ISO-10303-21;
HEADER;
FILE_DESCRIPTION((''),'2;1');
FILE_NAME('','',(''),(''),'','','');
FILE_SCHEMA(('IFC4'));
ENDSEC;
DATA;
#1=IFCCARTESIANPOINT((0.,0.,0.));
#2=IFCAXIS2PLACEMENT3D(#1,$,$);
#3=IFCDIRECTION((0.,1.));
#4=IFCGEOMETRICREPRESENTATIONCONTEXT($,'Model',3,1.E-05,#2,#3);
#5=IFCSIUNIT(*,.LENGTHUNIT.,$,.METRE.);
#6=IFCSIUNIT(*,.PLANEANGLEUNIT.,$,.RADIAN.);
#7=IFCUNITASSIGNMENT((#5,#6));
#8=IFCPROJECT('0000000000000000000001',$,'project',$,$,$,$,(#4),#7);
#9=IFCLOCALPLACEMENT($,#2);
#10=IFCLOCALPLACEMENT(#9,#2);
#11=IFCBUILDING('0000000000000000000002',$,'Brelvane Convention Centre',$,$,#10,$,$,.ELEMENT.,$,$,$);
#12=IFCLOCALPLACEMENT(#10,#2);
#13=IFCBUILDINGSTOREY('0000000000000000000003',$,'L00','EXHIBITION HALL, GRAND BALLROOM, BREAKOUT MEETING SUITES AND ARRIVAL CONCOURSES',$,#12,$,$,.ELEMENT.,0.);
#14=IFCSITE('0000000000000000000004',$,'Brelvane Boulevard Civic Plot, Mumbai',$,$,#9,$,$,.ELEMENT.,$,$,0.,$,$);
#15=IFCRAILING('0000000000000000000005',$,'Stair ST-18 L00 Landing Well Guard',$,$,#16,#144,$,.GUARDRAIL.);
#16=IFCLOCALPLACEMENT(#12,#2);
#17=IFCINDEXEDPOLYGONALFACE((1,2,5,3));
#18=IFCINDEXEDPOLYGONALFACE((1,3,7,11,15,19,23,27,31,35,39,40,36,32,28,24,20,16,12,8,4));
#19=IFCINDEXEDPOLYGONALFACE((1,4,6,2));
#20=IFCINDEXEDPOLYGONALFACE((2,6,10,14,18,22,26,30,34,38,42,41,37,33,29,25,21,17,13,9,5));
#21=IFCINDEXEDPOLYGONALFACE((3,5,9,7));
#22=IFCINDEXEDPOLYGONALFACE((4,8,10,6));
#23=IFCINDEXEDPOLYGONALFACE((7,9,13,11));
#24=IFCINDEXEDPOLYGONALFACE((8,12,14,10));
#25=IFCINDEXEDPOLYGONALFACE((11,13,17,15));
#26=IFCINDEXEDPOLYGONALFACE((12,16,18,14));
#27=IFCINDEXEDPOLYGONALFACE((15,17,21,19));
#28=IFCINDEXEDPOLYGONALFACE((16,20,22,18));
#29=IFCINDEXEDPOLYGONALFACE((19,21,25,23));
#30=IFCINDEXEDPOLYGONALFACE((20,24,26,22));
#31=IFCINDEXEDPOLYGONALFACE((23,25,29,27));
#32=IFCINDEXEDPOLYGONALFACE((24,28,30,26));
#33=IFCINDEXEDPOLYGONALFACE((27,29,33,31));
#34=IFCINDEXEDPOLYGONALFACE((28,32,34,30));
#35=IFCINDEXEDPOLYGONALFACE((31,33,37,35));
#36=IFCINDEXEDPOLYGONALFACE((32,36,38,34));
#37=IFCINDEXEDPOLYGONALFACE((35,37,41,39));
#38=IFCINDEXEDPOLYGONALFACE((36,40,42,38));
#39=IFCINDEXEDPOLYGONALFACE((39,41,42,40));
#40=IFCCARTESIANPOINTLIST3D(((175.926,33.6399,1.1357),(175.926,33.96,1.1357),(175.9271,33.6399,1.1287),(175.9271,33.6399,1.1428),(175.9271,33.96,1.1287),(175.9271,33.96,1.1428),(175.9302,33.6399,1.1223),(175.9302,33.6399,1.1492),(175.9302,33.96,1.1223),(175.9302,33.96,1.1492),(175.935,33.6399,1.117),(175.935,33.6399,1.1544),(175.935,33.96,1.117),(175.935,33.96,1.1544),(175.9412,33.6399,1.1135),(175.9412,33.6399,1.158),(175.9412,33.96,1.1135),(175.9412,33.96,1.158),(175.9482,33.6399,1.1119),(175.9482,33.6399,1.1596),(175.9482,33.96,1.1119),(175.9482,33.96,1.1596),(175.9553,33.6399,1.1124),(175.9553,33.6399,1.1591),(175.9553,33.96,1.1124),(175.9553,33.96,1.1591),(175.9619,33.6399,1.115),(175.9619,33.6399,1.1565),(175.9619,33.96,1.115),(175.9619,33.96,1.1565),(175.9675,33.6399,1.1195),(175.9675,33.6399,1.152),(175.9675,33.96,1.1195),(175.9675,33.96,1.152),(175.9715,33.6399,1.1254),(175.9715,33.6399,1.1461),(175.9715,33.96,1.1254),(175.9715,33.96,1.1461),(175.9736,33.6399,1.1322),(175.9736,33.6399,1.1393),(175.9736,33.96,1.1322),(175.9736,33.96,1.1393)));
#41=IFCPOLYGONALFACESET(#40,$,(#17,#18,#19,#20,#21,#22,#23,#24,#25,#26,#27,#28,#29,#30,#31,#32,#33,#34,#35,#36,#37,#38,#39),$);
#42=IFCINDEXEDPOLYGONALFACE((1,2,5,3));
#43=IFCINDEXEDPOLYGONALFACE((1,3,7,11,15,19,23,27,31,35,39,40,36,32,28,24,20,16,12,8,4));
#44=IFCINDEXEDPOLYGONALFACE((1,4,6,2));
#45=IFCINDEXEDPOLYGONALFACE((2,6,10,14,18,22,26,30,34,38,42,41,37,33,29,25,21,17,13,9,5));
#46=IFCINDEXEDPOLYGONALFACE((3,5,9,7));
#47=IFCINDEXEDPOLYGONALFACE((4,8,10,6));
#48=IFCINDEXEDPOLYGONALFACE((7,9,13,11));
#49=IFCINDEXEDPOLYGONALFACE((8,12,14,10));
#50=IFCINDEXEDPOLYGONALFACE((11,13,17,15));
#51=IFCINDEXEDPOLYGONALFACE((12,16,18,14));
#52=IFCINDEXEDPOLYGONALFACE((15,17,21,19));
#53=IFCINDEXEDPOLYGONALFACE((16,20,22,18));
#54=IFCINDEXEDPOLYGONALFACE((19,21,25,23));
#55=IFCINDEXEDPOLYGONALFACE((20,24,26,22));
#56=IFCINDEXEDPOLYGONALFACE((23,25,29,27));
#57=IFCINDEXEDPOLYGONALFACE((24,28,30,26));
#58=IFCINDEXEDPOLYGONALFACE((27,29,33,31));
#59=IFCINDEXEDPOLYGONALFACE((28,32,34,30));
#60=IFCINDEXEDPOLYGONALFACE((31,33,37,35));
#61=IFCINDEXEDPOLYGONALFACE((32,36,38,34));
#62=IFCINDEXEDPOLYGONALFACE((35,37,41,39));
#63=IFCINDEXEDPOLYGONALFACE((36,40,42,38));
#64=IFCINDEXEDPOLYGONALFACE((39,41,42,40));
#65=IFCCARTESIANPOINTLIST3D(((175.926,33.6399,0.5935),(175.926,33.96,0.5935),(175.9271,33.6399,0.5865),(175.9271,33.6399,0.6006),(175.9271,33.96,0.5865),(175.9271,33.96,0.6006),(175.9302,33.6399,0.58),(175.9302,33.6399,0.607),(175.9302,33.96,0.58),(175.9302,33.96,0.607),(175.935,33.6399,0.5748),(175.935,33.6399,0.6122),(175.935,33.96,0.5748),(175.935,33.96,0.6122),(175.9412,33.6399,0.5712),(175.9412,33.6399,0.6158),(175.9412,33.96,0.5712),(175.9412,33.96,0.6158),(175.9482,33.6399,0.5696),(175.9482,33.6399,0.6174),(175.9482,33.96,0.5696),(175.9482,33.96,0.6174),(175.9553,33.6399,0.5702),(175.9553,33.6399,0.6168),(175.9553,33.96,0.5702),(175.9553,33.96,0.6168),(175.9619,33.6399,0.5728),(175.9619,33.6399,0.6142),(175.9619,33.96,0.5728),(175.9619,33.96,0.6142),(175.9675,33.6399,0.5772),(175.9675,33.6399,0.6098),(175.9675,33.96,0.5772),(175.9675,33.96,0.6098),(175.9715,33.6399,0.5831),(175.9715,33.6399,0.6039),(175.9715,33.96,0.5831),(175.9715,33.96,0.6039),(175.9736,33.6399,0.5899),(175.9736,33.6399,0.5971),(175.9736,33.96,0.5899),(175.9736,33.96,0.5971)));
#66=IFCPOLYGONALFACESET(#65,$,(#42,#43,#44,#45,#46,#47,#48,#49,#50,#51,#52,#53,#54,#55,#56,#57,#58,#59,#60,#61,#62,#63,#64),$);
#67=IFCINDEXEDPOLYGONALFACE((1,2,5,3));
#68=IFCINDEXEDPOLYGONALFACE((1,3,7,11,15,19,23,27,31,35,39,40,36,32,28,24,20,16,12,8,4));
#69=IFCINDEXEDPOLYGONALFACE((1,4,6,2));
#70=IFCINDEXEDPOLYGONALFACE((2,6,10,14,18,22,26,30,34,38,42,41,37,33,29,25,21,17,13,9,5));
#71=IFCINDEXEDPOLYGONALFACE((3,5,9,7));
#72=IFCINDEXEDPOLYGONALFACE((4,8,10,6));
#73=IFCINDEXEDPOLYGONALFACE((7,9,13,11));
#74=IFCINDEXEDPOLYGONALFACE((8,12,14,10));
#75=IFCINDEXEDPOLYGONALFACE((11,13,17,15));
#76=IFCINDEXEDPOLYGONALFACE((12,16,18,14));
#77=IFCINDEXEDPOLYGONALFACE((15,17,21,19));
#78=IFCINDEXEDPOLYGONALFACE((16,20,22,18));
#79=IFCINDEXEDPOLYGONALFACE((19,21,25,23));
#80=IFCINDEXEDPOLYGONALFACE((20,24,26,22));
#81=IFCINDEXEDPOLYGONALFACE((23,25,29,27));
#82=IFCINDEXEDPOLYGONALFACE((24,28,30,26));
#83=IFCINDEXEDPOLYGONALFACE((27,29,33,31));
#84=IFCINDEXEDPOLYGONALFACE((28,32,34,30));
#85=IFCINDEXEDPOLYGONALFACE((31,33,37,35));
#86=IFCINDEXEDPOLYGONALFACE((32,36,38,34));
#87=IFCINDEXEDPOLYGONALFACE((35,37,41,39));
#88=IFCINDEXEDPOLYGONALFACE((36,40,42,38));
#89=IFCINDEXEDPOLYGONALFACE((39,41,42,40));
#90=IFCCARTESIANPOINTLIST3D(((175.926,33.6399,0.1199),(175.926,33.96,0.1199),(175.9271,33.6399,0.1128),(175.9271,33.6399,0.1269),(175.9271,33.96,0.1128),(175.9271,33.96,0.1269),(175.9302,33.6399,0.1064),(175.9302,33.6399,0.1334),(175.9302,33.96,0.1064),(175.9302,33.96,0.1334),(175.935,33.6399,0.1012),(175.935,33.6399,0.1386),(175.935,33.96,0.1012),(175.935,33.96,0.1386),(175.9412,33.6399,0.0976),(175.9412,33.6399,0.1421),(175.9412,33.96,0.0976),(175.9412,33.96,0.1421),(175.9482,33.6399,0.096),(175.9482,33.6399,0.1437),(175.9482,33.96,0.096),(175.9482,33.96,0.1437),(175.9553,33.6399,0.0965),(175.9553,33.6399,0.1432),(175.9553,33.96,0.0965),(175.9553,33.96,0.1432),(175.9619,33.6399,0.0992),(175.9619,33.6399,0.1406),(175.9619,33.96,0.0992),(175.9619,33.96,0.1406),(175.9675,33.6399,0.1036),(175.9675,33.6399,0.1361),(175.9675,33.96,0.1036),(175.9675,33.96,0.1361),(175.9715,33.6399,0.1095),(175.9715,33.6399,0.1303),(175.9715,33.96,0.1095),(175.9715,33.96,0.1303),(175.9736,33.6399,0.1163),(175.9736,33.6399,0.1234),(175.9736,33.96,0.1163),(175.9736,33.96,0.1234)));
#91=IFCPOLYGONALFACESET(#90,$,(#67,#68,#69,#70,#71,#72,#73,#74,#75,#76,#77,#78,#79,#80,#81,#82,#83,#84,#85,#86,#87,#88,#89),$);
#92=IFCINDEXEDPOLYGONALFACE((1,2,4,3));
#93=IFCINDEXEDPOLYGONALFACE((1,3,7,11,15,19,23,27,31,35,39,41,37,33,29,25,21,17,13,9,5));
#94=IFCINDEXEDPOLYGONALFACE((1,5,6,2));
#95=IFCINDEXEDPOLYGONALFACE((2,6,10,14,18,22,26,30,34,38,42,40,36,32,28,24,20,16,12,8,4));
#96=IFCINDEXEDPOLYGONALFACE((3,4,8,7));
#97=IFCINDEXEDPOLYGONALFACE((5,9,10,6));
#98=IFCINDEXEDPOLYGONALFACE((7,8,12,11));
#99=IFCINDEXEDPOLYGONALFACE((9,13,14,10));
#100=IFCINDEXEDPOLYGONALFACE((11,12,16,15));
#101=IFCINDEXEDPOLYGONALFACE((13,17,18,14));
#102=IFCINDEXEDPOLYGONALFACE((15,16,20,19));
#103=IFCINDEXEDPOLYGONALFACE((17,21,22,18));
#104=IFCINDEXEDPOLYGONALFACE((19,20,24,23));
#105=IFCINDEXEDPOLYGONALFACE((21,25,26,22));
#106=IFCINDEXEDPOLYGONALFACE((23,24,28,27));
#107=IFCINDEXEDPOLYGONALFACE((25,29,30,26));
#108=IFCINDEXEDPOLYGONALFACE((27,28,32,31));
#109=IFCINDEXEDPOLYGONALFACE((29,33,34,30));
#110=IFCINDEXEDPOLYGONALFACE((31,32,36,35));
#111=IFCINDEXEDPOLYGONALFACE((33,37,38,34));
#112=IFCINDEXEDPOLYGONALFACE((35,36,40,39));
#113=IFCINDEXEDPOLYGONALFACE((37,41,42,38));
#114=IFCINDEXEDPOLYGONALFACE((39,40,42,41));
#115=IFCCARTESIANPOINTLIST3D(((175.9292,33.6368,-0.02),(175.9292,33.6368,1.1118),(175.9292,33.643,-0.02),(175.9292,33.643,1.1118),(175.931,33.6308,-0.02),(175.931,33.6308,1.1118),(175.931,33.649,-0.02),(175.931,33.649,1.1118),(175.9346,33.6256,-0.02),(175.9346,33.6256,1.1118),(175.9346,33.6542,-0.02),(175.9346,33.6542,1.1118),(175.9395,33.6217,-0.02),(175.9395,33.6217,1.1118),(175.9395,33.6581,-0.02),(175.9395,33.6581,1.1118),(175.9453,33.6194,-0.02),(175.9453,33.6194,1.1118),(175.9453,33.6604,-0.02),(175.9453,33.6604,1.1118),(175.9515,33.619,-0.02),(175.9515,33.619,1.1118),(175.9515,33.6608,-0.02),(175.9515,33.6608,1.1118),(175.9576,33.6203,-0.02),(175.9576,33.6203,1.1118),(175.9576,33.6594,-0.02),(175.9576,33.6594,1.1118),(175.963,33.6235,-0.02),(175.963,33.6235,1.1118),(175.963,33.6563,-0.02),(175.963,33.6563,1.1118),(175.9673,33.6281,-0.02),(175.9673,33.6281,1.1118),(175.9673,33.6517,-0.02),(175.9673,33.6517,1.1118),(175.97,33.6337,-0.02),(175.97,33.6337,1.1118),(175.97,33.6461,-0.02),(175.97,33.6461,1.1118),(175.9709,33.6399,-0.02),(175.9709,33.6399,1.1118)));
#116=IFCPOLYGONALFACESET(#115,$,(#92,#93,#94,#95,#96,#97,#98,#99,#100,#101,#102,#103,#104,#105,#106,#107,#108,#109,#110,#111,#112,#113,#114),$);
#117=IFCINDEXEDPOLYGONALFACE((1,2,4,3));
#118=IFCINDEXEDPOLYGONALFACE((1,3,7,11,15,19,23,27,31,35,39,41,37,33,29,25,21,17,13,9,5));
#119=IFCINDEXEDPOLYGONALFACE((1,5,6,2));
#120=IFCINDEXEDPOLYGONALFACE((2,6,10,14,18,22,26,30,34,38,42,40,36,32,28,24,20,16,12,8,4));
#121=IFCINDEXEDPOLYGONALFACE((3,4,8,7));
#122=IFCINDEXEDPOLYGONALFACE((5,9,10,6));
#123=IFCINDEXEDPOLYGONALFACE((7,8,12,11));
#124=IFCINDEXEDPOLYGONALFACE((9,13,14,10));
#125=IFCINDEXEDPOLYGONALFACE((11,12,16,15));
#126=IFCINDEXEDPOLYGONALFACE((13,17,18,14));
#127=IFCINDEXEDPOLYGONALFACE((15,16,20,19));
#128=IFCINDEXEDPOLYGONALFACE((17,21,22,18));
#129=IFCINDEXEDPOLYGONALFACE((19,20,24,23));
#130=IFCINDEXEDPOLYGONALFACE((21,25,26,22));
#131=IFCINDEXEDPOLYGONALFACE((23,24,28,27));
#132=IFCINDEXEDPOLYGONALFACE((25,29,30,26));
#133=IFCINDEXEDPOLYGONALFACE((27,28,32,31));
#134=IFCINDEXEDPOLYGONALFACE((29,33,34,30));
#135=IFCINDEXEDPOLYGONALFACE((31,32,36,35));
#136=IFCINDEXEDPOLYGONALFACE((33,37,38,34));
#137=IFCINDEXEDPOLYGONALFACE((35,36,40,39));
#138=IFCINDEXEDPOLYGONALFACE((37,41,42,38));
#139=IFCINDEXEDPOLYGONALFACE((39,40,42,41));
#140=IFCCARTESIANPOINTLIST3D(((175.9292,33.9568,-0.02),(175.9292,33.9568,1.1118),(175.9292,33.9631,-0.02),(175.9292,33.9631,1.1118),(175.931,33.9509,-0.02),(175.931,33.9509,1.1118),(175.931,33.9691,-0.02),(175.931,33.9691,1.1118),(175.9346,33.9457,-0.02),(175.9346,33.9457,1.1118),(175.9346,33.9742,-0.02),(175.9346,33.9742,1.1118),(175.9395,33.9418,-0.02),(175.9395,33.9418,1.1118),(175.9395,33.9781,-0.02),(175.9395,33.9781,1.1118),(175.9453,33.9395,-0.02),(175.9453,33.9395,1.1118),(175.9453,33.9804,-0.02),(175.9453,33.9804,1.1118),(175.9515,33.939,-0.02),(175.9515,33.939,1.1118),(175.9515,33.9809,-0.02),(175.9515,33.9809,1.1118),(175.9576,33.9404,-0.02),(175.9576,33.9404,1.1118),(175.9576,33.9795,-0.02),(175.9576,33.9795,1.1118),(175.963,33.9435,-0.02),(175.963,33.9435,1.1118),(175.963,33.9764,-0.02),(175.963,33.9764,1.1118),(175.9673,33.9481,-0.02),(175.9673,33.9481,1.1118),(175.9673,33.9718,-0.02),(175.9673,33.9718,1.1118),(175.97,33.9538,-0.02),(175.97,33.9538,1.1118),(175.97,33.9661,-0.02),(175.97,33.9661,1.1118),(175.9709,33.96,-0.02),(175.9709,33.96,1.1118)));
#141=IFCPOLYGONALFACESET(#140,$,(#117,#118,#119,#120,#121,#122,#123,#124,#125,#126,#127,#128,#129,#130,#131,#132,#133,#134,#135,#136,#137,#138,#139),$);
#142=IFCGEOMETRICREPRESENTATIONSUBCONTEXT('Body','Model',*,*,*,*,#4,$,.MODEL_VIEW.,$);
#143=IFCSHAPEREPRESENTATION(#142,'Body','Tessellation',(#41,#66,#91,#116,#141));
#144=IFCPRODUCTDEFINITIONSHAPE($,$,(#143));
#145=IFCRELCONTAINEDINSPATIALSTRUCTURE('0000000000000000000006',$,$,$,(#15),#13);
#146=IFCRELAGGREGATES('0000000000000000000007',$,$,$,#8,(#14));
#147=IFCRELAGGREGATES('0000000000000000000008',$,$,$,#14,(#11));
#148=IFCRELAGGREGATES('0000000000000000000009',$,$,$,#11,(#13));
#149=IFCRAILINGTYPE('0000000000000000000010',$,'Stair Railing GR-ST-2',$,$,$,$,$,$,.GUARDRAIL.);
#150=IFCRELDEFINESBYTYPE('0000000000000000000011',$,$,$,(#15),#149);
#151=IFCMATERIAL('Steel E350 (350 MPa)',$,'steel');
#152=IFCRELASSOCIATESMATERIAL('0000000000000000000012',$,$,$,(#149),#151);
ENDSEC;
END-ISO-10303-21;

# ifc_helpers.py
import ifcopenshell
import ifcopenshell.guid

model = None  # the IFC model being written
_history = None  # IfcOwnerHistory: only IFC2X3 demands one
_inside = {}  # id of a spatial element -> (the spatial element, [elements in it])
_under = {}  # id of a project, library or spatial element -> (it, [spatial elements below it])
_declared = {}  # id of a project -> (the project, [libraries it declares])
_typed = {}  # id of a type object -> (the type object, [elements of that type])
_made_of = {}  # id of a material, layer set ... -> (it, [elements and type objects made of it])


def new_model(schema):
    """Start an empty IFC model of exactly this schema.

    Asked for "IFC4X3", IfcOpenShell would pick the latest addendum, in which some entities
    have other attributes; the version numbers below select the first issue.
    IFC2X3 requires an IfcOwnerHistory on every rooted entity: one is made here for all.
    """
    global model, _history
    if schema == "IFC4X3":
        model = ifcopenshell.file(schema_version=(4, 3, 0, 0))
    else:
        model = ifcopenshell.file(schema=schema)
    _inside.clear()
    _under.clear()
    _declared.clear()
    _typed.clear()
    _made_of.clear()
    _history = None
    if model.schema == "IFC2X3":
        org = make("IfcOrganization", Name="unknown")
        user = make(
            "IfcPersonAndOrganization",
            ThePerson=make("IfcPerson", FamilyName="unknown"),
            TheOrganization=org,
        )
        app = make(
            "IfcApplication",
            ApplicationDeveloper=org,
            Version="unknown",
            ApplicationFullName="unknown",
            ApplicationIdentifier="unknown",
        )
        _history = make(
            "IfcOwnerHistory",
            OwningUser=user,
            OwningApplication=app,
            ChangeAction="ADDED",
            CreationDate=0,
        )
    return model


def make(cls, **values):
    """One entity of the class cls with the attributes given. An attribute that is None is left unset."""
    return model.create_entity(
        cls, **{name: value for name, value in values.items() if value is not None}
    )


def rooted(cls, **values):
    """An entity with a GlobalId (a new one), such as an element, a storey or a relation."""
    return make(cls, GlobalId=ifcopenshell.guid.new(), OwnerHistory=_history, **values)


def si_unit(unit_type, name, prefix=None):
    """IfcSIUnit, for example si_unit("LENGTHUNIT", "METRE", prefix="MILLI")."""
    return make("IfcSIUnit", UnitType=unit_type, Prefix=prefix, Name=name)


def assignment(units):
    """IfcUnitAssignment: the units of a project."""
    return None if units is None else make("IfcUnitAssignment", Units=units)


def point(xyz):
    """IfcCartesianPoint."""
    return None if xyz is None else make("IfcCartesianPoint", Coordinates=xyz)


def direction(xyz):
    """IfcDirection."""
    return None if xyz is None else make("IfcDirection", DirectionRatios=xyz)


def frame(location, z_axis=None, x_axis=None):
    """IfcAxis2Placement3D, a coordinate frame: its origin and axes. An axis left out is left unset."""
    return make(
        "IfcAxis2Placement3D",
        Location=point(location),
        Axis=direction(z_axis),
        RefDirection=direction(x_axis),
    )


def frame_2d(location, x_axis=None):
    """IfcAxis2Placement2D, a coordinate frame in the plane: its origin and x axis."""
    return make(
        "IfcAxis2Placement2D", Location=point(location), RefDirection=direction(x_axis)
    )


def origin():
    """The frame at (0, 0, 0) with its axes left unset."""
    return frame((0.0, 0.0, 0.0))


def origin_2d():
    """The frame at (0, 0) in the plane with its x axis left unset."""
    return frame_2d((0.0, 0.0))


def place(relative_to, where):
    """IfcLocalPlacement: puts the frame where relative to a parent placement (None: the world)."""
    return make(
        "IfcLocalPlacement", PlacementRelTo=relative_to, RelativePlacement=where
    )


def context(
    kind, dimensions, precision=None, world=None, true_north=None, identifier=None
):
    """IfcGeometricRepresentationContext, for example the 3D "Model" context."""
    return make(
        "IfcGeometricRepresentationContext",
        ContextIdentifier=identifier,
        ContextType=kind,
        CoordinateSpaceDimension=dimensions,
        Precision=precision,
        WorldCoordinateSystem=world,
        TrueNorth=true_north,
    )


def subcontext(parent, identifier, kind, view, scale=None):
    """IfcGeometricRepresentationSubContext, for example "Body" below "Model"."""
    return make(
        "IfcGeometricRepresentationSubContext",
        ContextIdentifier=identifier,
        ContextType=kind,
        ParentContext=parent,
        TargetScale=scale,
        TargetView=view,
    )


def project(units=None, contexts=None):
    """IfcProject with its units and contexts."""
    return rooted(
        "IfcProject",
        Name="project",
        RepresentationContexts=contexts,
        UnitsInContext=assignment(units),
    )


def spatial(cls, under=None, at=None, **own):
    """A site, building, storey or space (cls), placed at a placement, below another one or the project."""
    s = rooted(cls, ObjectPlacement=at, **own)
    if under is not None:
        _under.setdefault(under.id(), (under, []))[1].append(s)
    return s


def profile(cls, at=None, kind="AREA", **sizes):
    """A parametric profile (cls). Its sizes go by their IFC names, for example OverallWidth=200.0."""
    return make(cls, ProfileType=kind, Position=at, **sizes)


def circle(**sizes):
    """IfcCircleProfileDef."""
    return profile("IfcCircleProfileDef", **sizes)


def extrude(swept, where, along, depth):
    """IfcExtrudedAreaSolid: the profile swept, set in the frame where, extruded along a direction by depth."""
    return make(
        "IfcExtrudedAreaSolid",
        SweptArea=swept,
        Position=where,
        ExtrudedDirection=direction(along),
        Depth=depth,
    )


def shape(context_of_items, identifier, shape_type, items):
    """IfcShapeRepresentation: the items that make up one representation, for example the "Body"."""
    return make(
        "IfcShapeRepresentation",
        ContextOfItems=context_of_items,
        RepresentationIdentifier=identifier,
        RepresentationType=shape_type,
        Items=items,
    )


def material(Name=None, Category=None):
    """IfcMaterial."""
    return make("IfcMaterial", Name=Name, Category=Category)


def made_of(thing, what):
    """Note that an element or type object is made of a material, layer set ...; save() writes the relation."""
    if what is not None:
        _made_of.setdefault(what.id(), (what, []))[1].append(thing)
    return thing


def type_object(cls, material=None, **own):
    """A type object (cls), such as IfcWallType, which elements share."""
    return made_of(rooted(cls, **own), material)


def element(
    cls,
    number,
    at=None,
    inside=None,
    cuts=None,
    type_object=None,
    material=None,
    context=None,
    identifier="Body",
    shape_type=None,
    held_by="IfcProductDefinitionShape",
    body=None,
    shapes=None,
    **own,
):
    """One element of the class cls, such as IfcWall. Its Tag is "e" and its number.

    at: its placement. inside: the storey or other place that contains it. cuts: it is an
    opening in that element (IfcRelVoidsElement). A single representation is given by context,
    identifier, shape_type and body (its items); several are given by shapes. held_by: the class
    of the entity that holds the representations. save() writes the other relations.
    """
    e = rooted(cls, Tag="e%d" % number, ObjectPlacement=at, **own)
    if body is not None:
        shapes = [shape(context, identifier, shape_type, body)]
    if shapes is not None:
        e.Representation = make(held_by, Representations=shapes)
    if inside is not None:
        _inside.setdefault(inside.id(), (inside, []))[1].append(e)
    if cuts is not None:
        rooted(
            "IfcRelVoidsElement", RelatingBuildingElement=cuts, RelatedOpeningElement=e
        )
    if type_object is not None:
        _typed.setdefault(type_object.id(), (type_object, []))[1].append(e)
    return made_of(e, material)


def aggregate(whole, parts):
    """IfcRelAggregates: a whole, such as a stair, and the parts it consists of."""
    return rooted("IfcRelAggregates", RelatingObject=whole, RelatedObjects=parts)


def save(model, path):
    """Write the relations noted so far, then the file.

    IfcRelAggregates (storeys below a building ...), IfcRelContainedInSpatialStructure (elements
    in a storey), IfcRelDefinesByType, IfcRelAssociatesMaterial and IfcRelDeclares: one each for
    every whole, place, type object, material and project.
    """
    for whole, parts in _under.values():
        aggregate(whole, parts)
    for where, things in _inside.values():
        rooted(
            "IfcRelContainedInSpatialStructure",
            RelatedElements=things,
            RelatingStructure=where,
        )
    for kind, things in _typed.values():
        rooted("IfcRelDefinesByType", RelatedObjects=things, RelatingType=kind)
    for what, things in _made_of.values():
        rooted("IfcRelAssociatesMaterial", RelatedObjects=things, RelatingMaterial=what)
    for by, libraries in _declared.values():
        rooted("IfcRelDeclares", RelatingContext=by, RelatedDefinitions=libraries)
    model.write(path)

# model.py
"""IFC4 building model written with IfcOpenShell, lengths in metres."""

from ifc_helpers import new_model, si_unit, direction, frame, origin, origin_2d, place, context, subcontext, project, spatial, circle, extrude, material, type_object, element, save


model = new_model("IFC4")

# Units and contexts
model_context = context("Model", 3, precision=1e-05, world=origin(), true_north=direction((0.0, 1.0)))
body_context = subcontext(model_context, "Body", "Model", "MODEL_VIEW")
ifc_project = project(units=[si_unit("LENGTHUNIT", "METRE"), si_unit("PLANEANGLEUNIT", "RADIAN")], contexts=[model_context])

# Site, building, storey
site_placement = place(None, origin())
site = spatial("IfcSite", under=ifc_project, at=site_placement, Name="Brelvane Boulevard Civic Plot, Mumbai", CompositionType="ELEMENT", RefElevation=0.0)
building_placement = place(site_placement, origin())
building = spatial("IfcBuilding", under=site, at=building_placement, Name="Brelvane Convention Centre", CompositionType="ELEMENT")
storey_placement = place(building_placement, origin())
storey = spatial("IfcBuildingStorey", under=building, at=storey_placement, Name="L00", Description="EXHIBITION HALL, GRAND BALLROOM, BREAKOUT MEETING SUITES AND ARRIVAL CONCOURSES", CompositionType="ELEMENT", Elevation=0.0)

# Railing
ifc_material_1 = material(Name="Steel E350 (350 MPa)", Category="steel")
railing_type_1 = type_object("IfcRailingType", Name="Stair Railing GR-ST-2", PredefinedType="GUARDRAIL", material=ifc_material_1)
railing_1_placement = place(storey_placement, frame((175.95, 33.6399, -0.02)))
element("IfcRailing", 1, at=railing_1_placement, inside=storey, type_object=railing_type_1, Name="Stair ST-18 L00 Landing Well Guard", PredefinedType="GUARDRAIL", context=body_context, shape_type="SweptSolid", body=[
    extrude(circle(Radius=0.0239, at=origin_2d()), frame((0.0, 0.0, 1.1558), z_axis=(0.0, 1.0, 0.0), x_axis=(-1.0, 0.0, 0.0)), (0.0, 0.0, 1.0), 0.3201),
    extrude(circle(Radius=0.0239, at=origin_2d()), frame((0.0, 0.0, 0.6135), z_axis=(0.0, 1.0, 0.0), x_axis=(-1.0, 0.0, 0.0)), (0.0, 0.0, 1.0), 0.3201),
    extrude(circle(Radius=0.0239, at=origin_2d()), frame((0.0, 0.0, 0.1399), z_axis=(0.0, 1.0, 0.0), x_axis=(-1.0, 0.0, 0.0)), (0.0, 0.0, 1.0), 0.3201),
    extrude(circle(Radius=0.021, at=origin_2d()), origin(), (0.0, 0.0, 1.0), 1.1318),
    extrude(circle(Radius=0.021, at=origin_2d()), frame((0.0, 0.3201, 0.0)), (0.0, 0.0, 1.0), 1.1318),
])

save(model, "model.ifc")
